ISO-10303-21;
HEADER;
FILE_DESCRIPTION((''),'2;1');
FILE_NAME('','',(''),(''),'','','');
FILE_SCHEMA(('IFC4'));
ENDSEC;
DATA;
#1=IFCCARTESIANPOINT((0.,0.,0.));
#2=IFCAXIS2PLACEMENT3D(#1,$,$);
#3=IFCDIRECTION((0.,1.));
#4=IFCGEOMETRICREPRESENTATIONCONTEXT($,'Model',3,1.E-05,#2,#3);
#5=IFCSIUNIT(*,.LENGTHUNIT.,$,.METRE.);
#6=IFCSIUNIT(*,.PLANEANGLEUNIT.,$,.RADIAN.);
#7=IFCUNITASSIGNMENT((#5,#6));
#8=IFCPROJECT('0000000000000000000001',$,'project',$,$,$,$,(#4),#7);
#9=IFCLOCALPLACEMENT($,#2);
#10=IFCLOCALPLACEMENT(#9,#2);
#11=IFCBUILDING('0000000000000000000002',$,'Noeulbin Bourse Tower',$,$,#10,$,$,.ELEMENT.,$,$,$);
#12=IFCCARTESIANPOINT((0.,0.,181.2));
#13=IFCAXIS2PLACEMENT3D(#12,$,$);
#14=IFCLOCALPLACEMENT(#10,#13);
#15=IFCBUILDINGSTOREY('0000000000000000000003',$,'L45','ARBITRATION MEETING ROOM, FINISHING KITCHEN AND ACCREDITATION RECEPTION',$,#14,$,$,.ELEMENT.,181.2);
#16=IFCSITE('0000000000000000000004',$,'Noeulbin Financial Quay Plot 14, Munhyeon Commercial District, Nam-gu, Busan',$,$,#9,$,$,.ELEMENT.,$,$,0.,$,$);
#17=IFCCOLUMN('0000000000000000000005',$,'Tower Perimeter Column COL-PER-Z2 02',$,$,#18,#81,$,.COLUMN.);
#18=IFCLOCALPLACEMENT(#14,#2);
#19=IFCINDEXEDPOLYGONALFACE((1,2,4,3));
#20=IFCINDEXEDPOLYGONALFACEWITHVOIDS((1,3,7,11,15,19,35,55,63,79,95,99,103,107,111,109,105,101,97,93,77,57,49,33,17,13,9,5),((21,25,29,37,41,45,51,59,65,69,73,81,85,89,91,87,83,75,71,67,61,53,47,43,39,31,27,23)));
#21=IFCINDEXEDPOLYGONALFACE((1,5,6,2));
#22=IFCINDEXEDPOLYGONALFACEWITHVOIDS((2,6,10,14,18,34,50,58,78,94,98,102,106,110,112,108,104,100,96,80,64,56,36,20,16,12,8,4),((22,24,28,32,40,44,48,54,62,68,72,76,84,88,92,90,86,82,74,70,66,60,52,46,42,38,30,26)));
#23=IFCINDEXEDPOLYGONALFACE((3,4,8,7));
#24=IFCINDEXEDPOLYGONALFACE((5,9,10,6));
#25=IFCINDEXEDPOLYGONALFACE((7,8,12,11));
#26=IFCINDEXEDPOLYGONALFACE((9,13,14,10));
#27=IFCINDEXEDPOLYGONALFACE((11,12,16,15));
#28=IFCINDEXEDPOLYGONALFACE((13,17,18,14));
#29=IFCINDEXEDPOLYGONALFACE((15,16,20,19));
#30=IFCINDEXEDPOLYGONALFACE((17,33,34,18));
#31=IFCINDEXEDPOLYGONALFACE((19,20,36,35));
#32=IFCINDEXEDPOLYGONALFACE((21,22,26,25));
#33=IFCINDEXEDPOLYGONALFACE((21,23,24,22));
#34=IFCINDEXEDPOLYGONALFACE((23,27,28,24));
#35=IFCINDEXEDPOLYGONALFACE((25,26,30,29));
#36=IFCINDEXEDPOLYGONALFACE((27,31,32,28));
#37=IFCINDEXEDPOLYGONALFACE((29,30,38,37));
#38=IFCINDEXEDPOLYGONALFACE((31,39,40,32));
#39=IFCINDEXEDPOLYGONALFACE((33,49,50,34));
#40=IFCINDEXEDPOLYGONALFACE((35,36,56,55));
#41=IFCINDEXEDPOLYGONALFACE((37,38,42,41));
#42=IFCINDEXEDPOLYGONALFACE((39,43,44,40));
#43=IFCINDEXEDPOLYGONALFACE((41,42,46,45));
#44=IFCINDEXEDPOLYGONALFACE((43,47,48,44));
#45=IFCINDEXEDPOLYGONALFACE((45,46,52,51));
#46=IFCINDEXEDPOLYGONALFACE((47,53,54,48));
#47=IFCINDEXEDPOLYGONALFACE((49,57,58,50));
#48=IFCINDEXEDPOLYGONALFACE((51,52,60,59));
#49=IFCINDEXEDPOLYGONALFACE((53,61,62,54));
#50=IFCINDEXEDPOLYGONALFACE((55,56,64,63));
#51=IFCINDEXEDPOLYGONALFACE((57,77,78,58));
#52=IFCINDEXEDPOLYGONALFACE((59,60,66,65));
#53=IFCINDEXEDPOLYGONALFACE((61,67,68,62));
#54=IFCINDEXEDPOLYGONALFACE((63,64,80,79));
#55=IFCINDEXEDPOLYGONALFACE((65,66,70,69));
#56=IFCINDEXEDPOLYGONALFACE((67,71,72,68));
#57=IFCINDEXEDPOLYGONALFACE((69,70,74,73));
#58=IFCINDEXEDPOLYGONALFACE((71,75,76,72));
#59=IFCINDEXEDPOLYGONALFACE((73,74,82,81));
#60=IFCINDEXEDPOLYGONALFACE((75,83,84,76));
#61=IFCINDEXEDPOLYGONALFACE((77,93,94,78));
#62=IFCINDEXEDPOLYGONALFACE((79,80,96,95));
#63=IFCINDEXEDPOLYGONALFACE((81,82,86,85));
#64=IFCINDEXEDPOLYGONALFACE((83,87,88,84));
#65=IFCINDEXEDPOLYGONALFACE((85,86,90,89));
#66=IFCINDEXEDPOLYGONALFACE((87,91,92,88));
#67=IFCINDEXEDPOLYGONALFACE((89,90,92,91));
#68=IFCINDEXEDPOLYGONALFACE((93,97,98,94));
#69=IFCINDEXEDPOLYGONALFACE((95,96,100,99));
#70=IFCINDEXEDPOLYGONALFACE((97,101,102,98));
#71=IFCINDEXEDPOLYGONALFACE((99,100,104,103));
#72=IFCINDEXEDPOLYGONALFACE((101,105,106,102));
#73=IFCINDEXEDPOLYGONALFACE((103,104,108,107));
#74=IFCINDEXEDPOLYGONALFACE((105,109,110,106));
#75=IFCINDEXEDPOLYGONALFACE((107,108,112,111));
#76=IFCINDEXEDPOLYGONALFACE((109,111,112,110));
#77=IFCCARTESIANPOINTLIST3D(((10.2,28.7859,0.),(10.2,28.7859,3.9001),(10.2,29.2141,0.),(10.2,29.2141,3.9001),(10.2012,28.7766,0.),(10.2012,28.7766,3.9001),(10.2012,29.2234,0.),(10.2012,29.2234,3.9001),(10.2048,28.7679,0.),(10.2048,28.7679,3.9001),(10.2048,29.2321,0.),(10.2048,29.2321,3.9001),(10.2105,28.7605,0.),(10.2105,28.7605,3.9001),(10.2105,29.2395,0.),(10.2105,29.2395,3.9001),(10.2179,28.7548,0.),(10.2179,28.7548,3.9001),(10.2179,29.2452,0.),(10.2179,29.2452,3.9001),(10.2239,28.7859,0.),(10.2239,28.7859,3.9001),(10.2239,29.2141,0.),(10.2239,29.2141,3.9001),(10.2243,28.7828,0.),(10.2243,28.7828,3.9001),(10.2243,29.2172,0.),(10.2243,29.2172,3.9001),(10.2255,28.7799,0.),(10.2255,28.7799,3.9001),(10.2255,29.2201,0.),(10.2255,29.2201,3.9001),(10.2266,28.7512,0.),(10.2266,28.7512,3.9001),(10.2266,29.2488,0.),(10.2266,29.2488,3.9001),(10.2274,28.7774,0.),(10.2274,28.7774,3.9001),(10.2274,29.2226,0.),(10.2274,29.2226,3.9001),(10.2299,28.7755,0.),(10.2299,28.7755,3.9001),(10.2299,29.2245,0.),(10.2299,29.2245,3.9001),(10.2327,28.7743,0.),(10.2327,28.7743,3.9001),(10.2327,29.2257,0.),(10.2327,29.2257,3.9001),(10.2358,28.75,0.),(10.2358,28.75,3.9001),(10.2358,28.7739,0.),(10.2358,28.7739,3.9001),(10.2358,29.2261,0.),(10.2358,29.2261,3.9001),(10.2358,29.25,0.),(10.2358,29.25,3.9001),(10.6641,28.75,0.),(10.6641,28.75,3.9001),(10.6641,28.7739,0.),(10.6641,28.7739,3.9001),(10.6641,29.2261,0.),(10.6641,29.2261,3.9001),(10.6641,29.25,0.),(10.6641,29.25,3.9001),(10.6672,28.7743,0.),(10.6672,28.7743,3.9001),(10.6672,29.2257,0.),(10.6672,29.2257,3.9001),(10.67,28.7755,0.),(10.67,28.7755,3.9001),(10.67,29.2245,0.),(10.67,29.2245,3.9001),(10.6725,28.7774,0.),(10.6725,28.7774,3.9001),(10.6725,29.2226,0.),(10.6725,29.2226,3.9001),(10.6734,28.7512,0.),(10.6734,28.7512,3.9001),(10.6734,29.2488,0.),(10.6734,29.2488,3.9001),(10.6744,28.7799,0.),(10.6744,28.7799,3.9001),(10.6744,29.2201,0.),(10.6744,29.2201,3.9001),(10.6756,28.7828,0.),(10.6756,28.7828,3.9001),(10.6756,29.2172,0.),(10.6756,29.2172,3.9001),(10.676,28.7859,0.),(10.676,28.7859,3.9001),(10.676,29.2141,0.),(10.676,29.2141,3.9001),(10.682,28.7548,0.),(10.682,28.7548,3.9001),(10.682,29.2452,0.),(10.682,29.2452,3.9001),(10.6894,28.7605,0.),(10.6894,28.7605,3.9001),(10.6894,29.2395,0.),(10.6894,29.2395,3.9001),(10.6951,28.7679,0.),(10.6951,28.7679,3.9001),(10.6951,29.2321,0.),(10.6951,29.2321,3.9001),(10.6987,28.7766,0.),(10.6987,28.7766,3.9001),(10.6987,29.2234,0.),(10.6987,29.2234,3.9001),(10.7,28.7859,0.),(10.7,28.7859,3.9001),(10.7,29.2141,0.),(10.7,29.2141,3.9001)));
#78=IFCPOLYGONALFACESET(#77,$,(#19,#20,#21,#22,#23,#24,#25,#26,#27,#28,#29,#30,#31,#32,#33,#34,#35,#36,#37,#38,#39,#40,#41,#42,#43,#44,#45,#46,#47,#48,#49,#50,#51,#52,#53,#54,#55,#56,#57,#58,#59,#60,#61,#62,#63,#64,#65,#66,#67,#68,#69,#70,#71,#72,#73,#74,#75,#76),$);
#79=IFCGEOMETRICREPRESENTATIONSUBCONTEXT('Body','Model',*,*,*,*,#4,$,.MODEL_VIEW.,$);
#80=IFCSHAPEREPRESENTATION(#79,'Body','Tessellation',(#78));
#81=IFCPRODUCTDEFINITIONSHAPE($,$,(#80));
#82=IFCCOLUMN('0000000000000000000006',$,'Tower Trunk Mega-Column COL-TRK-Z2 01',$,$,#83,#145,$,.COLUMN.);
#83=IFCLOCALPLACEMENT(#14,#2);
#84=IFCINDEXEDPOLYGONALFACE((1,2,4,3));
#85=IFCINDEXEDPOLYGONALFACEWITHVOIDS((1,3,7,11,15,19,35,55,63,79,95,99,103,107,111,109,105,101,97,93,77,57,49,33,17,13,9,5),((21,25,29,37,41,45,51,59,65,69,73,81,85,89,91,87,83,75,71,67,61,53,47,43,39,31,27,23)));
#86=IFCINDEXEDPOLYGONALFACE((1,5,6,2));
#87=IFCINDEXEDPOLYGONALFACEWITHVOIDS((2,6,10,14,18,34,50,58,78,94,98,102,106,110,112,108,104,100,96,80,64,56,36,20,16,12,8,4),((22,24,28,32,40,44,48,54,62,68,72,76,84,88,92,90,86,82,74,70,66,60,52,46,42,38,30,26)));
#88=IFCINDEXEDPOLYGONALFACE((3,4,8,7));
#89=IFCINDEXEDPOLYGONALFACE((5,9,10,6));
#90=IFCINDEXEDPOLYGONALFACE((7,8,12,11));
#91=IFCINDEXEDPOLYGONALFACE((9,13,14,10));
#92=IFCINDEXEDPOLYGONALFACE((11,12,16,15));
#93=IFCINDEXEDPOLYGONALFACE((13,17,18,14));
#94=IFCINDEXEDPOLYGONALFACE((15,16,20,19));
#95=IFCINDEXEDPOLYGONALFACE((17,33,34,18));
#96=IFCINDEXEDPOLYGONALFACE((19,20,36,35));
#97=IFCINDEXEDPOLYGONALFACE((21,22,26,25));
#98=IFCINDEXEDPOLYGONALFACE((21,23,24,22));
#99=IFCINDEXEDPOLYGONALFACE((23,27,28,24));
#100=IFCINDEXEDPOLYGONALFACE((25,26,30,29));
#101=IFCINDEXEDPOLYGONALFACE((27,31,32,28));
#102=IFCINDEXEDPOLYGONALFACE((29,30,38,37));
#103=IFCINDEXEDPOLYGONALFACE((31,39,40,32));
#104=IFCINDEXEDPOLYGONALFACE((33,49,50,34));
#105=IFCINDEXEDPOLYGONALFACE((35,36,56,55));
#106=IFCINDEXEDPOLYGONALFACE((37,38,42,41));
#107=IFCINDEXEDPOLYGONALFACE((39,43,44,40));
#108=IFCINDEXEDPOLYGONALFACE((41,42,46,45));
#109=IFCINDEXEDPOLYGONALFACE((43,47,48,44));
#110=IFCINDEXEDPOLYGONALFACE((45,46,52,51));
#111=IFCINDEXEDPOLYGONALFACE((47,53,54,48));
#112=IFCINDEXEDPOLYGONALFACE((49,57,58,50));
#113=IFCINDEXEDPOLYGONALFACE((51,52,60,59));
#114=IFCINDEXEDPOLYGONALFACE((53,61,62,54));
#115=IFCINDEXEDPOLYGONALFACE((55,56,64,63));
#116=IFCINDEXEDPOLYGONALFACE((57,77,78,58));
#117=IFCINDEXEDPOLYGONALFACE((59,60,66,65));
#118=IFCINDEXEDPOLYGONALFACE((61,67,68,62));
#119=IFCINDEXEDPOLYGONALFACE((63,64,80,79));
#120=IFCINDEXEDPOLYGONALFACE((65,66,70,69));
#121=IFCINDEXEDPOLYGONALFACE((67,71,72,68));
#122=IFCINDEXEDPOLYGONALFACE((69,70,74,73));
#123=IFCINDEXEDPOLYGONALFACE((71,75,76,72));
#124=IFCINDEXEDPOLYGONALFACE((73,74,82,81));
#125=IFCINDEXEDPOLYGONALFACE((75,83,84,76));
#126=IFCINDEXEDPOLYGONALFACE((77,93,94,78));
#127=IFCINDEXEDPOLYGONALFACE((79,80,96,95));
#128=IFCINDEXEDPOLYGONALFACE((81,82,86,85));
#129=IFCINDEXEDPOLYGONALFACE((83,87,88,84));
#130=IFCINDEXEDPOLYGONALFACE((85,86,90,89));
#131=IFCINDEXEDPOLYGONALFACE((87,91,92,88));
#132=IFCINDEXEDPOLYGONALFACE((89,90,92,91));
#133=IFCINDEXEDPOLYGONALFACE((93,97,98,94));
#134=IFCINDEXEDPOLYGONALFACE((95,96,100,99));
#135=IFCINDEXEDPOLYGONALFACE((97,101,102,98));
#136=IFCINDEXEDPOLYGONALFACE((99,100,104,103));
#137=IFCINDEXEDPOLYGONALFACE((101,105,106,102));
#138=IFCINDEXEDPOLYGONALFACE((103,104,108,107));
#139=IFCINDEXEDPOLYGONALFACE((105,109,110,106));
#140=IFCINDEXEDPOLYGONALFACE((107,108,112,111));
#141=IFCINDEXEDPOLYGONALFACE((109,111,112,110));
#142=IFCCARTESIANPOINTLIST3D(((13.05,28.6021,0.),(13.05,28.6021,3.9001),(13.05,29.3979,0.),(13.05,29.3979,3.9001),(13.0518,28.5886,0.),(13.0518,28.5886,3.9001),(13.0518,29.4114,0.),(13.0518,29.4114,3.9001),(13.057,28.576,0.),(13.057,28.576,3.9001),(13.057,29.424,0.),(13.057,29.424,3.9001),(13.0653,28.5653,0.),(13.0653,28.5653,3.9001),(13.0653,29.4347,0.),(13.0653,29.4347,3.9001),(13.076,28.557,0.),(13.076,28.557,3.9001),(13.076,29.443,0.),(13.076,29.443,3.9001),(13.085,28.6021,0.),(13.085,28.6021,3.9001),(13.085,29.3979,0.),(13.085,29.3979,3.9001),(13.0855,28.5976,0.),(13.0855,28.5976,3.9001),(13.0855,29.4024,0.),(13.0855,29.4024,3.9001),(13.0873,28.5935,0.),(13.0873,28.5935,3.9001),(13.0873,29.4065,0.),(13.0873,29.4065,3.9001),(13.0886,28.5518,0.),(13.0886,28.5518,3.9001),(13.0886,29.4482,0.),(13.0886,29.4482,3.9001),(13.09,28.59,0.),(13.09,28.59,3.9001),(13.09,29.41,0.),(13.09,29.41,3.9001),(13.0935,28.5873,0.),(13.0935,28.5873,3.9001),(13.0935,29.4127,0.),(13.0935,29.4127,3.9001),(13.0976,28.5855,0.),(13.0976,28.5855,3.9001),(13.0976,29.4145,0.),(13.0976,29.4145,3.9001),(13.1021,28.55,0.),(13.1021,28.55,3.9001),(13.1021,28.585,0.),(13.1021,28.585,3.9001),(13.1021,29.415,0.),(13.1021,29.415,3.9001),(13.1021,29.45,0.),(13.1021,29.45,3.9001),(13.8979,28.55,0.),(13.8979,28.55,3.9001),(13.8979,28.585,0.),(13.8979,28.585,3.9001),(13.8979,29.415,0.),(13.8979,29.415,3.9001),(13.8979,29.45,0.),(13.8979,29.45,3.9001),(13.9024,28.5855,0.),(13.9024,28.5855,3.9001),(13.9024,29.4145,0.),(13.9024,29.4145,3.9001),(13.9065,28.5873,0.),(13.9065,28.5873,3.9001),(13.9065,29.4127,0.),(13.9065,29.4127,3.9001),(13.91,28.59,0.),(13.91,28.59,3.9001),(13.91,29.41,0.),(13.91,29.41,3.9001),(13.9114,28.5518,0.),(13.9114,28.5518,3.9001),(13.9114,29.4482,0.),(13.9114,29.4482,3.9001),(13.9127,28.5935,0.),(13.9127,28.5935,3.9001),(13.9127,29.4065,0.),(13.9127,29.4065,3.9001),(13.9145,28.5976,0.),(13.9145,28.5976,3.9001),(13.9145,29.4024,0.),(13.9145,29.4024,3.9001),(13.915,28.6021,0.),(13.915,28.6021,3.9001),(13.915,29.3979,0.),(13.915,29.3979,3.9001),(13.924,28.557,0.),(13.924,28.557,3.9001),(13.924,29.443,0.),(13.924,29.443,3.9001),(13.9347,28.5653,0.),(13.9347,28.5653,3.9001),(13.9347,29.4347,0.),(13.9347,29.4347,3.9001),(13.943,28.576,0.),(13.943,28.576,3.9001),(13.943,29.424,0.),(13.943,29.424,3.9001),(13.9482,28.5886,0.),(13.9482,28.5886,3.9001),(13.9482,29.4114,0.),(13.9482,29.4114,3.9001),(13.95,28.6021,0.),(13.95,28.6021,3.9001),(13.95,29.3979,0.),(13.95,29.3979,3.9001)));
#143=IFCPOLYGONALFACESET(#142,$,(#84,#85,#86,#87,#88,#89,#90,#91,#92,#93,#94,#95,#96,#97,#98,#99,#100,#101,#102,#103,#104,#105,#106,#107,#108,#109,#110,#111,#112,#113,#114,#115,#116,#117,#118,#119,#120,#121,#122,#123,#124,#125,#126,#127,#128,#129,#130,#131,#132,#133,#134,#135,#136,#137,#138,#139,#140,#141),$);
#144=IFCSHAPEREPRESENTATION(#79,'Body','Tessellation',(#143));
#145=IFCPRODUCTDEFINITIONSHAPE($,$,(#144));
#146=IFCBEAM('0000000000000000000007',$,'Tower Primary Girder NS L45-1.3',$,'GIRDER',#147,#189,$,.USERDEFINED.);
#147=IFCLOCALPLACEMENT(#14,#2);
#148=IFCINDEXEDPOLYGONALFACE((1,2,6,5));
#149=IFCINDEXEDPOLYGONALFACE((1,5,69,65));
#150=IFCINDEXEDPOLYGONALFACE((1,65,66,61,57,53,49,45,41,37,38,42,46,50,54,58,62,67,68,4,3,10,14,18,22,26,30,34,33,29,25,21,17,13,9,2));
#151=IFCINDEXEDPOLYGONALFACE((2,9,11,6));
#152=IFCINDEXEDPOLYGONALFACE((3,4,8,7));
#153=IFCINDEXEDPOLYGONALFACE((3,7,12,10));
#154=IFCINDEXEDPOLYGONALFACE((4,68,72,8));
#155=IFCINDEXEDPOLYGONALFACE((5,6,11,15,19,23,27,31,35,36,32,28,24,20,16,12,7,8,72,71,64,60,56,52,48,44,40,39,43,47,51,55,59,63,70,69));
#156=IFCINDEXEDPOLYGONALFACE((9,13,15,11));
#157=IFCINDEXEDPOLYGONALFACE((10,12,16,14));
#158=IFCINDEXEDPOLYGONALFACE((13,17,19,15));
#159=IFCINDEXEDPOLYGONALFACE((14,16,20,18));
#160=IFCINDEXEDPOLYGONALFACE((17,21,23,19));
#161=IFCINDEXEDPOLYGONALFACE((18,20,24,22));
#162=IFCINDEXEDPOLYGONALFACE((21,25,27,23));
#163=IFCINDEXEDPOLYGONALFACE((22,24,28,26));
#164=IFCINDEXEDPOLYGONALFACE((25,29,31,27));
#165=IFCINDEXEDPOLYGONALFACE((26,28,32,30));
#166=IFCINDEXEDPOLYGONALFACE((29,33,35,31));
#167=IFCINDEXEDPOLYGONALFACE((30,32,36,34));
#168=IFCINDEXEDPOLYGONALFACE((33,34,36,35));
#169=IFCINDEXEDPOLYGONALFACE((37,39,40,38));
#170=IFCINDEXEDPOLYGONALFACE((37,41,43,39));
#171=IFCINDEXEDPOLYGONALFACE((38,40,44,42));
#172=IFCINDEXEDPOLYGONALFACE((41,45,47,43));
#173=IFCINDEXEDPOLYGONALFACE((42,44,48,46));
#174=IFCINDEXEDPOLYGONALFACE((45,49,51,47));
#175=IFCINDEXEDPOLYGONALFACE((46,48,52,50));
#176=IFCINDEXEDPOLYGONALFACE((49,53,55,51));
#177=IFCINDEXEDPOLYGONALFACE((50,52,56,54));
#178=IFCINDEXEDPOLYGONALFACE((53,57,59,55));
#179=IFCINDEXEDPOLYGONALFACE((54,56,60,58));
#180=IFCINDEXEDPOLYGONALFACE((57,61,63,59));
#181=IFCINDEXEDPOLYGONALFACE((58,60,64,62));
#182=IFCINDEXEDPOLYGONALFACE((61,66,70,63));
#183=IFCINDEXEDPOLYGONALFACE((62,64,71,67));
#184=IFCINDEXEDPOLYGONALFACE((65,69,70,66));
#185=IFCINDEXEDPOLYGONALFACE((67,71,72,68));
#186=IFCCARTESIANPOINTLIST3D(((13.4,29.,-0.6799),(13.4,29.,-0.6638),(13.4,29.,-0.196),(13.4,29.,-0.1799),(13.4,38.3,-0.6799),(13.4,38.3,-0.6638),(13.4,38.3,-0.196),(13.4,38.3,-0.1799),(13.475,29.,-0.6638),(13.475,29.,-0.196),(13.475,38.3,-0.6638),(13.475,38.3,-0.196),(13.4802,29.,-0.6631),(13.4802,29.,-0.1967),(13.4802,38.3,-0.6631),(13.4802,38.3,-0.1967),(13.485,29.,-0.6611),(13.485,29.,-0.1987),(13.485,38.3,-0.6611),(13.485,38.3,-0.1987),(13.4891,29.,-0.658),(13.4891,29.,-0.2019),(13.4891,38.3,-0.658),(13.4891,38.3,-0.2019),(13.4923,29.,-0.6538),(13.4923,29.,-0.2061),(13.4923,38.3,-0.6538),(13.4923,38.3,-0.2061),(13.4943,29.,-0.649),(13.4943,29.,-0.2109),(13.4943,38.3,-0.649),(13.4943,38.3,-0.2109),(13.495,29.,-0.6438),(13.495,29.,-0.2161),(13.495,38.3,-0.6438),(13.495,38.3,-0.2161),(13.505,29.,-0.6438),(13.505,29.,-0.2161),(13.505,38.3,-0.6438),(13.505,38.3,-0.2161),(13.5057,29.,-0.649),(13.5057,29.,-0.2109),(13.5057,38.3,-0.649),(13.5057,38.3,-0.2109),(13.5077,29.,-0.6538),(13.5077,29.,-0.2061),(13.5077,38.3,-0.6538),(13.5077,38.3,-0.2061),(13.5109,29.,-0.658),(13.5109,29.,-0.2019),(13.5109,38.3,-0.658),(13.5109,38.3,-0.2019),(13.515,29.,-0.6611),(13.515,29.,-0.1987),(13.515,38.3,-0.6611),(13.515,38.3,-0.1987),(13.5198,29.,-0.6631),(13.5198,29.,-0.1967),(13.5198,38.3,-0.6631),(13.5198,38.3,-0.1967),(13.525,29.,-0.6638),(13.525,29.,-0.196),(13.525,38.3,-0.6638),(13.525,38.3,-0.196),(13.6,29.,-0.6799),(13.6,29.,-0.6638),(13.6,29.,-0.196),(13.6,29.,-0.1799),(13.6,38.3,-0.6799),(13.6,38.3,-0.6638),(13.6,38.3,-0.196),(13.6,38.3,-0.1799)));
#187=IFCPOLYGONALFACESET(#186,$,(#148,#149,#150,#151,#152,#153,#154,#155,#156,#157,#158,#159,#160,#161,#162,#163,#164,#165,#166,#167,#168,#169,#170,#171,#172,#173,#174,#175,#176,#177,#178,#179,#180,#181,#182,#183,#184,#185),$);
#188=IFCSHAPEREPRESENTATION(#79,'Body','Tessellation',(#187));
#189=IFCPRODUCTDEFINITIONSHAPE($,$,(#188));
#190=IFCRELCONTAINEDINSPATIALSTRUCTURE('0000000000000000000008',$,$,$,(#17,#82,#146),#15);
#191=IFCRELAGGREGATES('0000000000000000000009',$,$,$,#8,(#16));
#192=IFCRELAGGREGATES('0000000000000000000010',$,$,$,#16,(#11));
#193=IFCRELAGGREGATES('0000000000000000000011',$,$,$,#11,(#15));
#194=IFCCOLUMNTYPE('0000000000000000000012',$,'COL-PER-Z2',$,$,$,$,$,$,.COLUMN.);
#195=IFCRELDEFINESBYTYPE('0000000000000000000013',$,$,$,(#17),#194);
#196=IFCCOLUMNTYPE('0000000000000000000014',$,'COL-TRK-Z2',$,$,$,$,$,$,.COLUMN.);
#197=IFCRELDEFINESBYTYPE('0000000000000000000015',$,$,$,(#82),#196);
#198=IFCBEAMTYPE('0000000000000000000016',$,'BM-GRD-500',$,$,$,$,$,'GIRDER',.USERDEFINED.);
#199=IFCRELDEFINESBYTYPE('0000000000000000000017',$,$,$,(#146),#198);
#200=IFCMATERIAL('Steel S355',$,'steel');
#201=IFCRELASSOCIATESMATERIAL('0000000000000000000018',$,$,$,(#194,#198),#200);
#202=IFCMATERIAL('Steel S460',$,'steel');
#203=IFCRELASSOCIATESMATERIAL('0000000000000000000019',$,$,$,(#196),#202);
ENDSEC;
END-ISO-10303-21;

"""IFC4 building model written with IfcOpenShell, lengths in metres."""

from ifc_helpers import new_model, si_unit, direction, frame, origin, origin_2d, place, context, subcontext, project, spatial, hollow_rectangle, i_section, extrude, material, material_profile, profile_set, type_object, element, save


model = new_model("IFC4")

# Units and contexts
model_context = context("Model", 3, precision=1e-05, world=origin(), true_north=direction((0.0, 1.0)))
body_context = subcontext(model_context, "Body", "Model", "MODEL_VIEW")
ifc_project = project(units=[si_unit("LENGTHUNIT", "METRE"), si_unit("PLANEANGLEUNIT", "RADIAN")], contexts=[model_context])

# Site, building, storey
site_placement = place(None, origin())
site = spatial("IfcSite", under=ifc_project, at=site_placement, Name="Noeulbin Financial Quay Plot 14, Munhyeon Commercial District, Nam-gu, Busan", CompositionType="ELEMENT", RefElevation=0.0)
building_placement = place(site_placement, origin())
building = spatial("IfcBuilding", under=site, at=building_placement, Name="Noeulbin Bourse Tower", CompositionType="ELEMENT")
storey_placement = place(building_placement, frame((0.0, 0.0, 181.2)))
storey = spatial("IfcBuildingStorey", under=building, at=storey_placement, Name="L45", Description="ARBITRATION MEETING ROOM, FINISHING KITCHEN AND ACCREDITATION RECEPTION", CompositionType="ELEMENT", Elevation=181.2)

# Columns
ifc_material_1 = material(Name="Steel S355", Category="steel")
ifc_material_profile_1 = material_profile(ifc_material_1, hollow_rectangle(XDim=0.5, YDim=0.5, WallThickness=0.0239, InnerFilletRadius=0.012, OuterFilletRadius=0.0359, at=origin_2d()), Name="BOX-500x500x24", Category="LoadBearing")
ifc_profile_set_1 = profile_set([ifc_material_profile_1], Name="Steel S355")
column_type_1 = type_object("IfcColumnType", Name="COL-PER-Z2", PredefinedType="COLUMN", material=ifc_profile_set_1)
column_1_placement = place(storey_placement, frame((10.45, 29.0, 0.0), z_axis=(0.0, 0.0, 1.0), x_axis=(1.0, 0.0, 0.0)))
element("IfcColumn", 1, at=column_1_placement, inside=storey, type_object=column_type_1, Name="Tower Perimeter Column COL-PER-Z2 02", PredefinedType="COLUMN", context=body_context, shape_type="SweptSolid", body=[
    extrude(hollow_rectangle(XDim=0.5, YDim=0.5, WallThickness=0.0239, InnerFilletRadius=0.012, OuterFilletRadius=0.0359, at=origin_2d()), origin(), (0.0, 0.0, 1.0), 3.9001),
])
ifc_material_2 = material(Name="Steel S460", Category="steel")
ifc_material_profile_2 = material_profile(ifc_material_2, hollow_rectangle(XDim=0.8999, YDim=0.8999, WallThickness=0.0349, InnerFilletRadius=0.0171, OuterFilletRadius=0.052, at=origin_2d()), Name="BOX-900x900x35", Category="LoadBearing")
ifc_profile_set_2 = profile_set([ifc_material_profile_2], Name="Steel S460")
column_type_2 = type_object("IfcColumnType", Name="COL-TRK-Z2", PredefinedType="COLUMN", material=ifc_profile_set_2)
column_2_placement = place(storey_placement, frame((13.5, 29.0, 0.0), z_axis=(0.0, 0.0, 1.0), x_axis=(1.0, 0.0, 0.0)))
element("IfcColumn", 2, at=column_2_placement, inside=storey, type_object=column_type_2, Name="Tower Trunk Mega-Column COL-TRK-Z2 01", PredefinedType="COLUMN", context=body_context, shape_type="SweptSolid", body=[
    extrude(hollow_rectangle(XDim=0.8999, YDim=0.8999, WallThickness=0.0349, InnerFilletRadius=0.0171, OuterFilletRadius=0.052, at=origin_2d()), origin(), (0.0, 0.0, 1.0), 3.9001),
])

# Beam
ifc_material_profile_3 = material_profile(ifc_material_1, i_section(OverallWidth=0.2, OverallDepth=0.5, WebThickness=0.01, FlangeThickness=0.0161, FilletRadius=0.02, at=origin_2d()), Name="H-500x200x10x16", Category="LoadBearing")
ifc_profile_set_3 = profile_set([ifc_material_profile_3], Name="Steel S355")
beam_type_1 = type_object("IfcBeamType", Name="BM-GRD-500", ElementType="GIRDER", PredefinedType="USERDEFINED", material=ifc_profile_set_3)
beam_1_placement = place(storey_placement, frame((13.5, 29.0, -0.4299), z_axis=(0.0, 1.0, 0.0), x_axis=(-1.0, 0.0, 0.0)))
element("IfcBeam", 3, at=beam_1_placement, inside=storey, type_object=beam_type_1, Name="Tower Primary Girder NS L45-1.3", ObjectType="GIRDER", PredefinedType="USERDEFINED", context=body_context, shape_type="SweptSolid", body=[
    extrude(i_section(OverallWidth=0.2, OverallDepth=0.5, WebThickness=0.01, FlangeThickness=0.0161, FilletRadius=0.02, at=origin_2d()), origin(), (0.0, 0.0, 1.0), 9.3),
])

save(model, "model.ifc")
